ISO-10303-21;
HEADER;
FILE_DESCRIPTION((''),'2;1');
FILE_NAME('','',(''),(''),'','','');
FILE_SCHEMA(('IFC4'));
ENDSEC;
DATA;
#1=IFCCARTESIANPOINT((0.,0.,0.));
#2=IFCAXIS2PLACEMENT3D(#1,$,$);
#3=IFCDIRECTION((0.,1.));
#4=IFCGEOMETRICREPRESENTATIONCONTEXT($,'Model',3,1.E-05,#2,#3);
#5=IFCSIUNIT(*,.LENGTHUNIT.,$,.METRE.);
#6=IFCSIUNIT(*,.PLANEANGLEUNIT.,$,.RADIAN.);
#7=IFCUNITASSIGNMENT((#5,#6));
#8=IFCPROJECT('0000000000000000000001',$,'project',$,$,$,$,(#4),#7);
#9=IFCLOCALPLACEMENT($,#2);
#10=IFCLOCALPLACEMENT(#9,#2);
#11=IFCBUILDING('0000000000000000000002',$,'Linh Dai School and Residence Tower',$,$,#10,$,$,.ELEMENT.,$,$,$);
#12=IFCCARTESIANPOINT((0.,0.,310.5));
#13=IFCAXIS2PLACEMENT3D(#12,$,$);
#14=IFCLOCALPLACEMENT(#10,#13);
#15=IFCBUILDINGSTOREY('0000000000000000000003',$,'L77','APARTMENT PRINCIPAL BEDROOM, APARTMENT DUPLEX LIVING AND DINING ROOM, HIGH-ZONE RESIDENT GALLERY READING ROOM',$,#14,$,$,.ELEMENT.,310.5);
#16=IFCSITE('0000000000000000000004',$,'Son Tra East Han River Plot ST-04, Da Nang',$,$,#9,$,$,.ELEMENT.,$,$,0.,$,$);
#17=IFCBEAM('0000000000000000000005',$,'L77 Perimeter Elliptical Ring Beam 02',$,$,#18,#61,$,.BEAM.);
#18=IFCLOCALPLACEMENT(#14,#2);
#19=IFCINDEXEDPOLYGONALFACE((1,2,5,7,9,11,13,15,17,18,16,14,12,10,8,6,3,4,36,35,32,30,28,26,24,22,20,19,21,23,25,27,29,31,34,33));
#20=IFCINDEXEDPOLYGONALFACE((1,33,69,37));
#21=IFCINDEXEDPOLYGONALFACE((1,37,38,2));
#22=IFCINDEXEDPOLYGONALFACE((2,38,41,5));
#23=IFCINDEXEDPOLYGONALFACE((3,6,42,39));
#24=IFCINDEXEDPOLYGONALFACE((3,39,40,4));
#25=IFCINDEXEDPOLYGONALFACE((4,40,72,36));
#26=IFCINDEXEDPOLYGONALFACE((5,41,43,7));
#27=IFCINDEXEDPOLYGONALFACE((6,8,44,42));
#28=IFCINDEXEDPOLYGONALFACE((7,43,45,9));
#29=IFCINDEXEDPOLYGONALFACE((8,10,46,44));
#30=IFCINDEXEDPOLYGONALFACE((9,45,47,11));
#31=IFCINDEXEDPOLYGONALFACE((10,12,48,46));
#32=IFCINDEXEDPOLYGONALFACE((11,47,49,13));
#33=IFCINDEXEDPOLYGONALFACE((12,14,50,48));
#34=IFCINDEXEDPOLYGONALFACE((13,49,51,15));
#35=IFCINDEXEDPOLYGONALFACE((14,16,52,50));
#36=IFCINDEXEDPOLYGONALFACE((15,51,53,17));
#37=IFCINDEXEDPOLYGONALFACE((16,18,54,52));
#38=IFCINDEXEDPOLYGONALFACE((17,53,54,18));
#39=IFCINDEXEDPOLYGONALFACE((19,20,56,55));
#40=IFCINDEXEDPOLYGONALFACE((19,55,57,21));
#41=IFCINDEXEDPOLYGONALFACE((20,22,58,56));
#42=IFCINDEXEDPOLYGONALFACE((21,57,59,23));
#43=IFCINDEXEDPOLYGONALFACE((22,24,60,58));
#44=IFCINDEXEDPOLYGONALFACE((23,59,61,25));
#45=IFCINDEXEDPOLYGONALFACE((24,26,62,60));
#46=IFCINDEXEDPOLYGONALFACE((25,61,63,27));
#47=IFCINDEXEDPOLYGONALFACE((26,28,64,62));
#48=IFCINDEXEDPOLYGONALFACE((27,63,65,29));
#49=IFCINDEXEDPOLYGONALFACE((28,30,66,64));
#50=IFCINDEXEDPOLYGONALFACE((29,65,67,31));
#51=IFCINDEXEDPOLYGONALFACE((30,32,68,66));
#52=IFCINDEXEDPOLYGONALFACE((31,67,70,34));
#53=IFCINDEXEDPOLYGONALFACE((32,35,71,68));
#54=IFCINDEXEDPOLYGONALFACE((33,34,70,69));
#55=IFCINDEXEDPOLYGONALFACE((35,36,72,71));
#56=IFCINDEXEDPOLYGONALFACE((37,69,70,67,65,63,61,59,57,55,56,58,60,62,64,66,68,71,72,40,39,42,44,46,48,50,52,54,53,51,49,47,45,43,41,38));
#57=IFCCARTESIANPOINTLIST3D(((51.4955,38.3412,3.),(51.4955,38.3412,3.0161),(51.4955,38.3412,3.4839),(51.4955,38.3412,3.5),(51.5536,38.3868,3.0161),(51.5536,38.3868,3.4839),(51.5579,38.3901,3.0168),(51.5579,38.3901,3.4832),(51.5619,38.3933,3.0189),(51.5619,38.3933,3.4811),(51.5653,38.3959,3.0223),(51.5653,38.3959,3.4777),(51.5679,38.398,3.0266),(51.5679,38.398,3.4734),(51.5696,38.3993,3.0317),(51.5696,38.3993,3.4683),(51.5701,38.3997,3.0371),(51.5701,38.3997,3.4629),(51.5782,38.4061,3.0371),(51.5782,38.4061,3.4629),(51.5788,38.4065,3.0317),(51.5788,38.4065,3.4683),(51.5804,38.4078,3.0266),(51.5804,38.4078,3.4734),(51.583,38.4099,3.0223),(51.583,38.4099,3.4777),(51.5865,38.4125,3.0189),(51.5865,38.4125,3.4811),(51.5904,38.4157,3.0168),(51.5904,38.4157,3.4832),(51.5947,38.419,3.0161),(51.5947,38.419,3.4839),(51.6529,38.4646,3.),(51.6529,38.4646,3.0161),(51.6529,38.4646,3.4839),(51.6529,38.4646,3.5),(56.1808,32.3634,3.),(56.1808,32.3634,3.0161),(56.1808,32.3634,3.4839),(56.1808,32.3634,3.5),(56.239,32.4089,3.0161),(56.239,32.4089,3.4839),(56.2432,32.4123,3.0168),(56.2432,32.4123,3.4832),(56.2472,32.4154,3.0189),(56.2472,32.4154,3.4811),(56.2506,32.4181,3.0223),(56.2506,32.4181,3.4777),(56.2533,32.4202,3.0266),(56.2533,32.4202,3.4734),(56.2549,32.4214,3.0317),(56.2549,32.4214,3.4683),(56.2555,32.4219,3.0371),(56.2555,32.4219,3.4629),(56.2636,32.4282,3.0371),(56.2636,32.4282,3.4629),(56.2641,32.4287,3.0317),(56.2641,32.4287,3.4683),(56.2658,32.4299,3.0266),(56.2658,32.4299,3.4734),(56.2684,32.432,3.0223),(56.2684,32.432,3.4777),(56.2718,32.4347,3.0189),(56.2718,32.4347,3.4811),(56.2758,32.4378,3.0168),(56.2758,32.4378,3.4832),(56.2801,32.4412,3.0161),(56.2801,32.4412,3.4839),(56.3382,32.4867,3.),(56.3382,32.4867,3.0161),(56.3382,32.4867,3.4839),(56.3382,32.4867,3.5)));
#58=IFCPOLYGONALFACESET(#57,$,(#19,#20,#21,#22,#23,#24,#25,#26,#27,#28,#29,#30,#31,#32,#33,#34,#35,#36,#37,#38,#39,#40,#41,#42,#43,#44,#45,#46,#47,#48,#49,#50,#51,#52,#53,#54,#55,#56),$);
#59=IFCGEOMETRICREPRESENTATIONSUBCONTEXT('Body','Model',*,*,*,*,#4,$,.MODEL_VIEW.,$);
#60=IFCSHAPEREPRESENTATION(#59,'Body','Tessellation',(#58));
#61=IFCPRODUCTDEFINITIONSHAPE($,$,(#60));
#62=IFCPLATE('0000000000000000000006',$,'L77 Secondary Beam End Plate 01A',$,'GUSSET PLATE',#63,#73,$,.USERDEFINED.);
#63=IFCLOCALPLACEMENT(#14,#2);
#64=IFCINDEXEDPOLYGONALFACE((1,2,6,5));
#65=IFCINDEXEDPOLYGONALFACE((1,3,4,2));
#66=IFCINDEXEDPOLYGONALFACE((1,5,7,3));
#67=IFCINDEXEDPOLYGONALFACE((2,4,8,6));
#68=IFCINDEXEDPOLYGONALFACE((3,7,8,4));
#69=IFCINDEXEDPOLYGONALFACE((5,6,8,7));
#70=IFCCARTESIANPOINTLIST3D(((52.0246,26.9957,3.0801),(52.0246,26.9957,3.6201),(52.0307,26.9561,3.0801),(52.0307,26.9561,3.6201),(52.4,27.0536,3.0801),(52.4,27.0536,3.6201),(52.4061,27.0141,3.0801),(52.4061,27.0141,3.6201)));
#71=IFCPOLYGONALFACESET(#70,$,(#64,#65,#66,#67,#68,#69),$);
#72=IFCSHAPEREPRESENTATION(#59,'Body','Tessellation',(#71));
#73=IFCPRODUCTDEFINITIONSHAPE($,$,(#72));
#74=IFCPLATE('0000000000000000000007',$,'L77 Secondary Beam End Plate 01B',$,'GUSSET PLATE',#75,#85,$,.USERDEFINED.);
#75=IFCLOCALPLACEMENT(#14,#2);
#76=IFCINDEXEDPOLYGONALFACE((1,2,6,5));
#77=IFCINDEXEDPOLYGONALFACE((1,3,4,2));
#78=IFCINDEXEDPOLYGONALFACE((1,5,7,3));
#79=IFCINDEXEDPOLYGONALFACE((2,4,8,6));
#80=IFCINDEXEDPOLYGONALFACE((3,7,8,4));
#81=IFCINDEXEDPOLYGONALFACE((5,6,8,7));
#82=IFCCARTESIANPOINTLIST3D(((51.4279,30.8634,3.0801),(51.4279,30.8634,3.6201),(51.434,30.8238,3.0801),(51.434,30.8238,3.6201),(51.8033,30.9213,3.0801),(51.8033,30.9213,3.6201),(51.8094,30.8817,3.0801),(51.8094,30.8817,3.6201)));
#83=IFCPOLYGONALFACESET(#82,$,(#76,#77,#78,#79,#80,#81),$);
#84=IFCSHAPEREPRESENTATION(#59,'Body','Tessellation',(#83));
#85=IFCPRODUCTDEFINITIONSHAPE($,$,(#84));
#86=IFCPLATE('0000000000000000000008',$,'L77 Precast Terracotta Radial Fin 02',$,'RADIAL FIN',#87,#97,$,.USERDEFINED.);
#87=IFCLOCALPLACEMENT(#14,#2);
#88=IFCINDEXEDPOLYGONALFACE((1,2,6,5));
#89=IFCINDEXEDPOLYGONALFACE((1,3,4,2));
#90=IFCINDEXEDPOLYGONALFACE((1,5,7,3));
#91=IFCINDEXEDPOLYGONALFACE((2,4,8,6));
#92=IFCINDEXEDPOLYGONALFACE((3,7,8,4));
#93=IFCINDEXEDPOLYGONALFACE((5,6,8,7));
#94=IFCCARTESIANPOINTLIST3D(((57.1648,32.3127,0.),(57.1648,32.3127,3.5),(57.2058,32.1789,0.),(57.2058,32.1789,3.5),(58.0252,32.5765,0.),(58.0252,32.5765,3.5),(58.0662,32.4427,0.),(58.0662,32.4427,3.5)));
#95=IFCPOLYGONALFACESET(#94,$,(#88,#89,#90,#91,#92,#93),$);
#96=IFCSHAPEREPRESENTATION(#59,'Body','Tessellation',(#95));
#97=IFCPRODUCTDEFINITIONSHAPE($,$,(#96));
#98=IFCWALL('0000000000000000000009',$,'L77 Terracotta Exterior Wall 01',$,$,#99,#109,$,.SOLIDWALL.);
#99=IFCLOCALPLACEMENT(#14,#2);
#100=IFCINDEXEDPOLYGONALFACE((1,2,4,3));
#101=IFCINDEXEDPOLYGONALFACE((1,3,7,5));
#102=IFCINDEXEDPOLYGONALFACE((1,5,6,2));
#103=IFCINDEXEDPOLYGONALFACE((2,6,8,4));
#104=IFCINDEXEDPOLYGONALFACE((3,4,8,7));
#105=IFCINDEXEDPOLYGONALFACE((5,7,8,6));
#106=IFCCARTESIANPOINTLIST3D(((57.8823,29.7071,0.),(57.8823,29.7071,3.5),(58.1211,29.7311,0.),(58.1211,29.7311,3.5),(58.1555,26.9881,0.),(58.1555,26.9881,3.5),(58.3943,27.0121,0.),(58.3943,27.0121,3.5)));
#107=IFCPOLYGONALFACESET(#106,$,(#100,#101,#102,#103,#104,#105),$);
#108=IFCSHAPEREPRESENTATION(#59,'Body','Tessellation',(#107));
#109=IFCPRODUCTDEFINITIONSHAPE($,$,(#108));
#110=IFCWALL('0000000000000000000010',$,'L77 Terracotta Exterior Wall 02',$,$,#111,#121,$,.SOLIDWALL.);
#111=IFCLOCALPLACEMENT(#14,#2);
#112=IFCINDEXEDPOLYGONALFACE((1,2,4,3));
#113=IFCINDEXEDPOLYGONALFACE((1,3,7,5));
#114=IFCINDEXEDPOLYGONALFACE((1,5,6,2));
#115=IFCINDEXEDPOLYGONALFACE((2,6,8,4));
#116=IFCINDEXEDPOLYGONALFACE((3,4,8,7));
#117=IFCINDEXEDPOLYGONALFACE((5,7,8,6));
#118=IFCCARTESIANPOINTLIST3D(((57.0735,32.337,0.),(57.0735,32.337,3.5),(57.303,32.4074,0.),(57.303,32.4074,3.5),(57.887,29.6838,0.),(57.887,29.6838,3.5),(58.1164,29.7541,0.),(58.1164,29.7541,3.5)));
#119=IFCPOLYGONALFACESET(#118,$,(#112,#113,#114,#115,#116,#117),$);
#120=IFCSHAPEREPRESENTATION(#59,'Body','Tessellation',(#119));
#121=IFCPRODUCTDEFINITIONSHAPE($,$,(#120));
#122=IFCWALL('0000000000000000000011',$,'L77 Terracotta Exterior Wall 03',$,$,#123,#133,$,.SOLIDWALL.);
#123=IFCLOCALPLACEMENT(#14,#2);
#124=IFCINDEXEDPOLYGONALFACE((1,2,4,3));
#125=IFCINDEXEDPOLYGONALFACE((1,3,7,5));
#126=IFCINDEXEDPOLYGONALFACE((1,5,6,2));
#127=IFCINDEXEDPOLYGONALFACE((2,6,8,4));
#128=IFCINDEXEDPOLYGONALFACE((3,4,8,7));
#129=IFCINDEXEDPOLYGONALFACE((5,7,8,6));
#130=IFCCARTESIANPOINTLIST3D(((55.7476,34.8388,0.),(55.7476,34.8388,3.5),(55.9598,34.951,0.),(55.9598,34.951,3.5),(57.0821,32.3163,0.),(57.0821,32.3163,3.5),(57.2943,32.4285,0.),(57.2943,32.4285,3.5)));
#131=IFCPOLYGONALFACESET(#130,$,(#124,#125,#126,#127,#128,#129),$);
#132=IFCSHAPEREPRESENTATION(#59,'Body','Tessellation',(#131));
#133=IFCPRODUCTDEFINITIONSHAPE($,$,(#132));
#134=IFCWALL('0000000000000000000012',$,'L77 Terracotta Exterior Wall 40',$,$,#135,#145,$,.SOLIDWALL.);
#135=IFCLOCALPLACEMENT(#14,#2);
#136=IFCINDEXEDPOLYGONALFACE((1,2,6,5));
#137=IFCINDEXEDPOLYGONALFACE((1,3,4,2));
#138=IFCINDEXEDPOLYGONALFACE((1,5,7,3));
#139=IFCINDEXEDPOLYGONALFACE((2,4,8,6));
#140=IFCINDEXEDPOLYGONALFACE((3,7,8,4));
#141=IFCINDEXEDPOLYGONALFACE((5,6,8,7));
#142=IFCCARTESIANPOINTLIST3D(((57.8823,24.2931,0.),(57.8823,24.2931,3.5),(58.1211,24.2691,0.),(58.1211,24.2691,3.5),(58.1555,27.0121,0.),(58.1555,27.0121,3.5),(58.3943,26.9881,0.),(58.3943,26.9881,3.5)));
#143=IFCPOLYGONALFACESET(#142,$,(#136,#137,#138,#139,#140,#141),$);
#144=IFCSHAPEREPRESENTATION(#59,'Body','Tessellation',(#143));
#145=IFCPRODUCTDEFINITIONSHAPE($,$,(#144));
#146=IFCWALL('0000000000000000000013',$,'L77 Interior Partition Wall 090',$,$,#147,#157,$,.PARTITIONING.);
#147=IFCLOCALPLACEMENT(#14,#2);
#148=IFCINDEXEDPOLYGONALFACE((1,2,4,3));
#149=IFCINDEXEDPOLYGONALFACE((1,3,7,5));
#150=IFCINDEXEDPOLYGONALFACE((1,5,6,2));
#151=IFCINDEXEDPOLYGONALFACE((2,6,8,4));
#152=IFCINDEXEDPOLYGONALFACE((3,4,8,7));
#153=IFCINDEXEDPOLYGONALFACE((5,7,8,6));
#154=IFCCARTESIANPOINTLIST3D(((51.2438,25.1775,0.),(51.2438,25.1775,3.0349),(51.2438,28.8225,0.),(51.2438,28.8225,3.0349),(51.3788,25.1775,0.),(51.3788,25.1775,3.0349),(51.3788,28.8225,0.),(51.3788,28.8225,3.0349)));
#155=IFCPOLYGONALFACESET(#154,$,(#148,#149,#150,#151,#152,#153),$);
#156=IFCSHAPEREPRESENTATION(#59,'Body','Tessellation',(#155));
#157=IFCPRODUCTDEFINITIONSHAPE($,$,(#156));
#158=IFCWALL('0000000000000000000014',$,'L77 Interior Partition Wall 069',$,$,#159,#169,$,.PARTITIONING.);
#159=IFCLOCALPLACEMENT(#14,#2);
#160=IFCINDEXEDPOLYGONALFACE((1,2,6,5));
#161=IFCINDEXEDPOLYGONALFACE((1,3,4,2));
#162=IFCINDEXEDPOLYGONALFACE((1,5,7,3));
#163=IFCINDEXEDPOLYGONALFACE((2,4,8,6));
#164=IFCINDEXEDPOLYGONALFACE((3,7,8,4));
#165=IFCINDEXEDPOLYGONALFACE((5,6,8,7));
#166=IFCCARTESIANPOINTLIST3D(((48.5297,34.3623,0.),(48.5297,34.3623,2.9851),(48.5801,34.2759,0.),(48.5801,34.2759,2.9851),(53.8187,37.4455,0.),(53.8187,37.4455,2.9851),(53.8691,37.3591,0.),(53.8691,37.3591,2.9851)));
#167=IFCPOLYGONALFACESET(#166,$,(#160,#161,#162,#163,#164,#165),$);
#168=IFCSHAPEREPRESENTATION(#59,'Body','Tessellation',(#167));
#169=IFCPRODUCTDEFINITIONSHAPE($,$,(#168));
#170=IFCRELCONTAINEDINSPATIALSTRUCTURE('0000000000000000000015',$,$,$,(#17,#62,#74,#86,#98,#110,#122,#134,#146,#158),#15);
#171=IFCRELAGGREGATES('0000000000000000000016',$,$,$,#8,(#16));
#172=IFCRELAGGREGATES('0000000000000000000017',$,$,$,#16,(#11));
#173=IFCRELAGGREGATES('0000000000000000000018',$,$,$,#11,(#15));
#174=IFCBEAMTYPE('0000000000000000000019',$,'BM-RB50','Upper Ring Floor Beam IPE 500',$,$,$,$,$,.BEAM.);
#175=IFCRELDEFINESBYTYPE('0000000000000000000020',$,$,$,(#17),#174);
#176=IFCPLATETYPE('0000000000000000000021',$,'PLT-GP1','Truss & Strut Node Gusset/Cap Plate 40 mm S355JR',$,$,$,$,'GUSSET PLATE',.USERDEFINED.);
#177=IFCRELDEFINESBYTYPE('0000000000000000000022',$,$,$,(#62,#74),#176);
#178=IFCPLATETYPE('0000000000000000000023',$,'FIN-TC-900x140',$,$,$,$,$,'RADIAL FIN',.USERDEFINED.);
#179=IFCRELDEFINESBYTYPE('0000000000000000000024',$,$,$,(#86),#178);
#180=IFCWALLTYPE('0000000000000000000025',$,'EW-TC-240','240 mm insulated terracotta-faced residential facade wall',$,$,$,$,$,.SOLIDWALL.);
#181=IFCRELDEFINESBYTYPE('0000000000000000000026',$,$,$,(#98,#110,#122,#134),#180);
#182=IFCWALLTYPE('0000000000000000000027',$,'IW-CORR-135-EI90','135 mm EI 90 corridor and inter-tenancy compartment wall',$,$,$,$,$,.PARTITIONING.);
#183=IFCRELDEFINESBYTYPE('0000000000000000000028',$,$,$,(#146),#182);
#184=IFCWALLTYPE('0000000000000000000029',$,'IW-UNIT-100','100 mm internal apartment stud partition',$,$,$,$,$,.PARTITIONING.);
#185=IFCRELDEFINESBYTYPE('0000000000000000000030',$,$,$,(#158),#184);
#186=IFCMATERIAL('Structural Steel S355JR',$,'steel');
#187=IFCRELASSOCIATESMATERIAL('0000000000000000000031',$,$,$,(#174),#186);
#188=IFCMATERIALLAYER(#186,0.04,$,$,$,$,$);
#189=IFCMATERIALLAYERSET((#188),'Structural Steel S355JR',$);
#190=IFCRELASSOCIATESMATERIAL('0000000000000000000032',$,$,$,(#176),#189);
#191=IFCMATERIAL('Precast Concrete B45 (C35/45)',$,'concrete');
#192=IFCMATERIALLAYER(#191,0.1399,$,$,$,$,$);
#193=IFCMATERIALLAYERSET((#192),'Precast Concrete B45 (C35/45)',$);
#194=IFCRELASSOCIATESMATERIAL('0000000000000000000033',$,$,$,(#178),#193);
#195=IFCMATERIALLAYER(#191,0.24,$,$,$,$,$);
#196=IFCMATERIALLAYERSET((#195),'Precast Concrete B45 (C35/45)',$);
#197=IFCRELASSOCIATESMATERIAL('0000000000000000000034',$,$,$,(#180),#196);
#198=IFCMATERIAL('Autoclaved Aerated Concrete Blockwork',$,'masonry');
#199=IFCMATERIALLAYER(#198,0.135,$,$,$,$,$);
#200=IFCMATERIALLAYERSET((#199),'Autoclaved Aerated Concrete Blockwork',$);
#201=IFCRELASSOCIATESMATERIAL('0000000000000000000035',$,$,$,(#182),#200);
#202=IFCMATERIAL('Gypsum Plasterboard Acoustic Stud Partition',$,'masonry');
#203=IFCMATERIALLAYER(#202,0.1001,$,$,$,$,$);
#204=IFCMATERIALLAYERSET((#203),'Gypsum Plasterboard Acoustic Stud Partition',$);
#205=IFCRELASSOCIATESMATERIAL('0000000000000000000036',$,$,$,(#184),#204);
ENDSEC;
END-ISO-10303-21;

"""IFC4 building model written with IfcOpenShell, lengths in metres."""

from ifc_helpers import new_model, si_unit, direction, frame, frame_2d, origin, origin_2d, place, context, subcontext, project, spatial, rectangle, i_section, extrude, source, transform, mapped, material, layer, layer_set, material_profile, profile_set, type_object, element, save


model = new_model("IFC4")

# Units and contexts
model_context = context("Model", 3, precision=1e-05, world=origin(), true_north=direction((0.0, 1.0)))
body_context = subcontext(model_context, "Body", "Model", "MODEL_VIEW")
ifc_project = project(units=[si_unit("LENGTHUNIT", "METRE"), si_unit("PLANEANGLEUNIT", "RADIAN")], contexts=[model_context])

# Site, building, storey
site_placement = place(None, origin())
site = spatial("IfcSite", under=ifc_project, at=site_placement, Name="Son Tra East Han River Plot ST-04, Da Nang", CompositionType="ELEMENT", RefElevation=0.0)
building_placement = place(site_placement, origin())
building = spatial("IfcBuilding", under=site, at=building_placement, Name="Linh Dai School and Residence Tower", CompositionType="ELEMENT")
storey_placement = place(building_placement, frame((0.0, 0.0, 310.5)))
storey = spatial("IfcBuildingStorey", under=building, at=storey_placement, Name="L77", Description="APARTMENT PRINCIPAL BEDROOM, APARTMENT DUPLEX LIVING AND DINING ROOM, HIGH-ZONE RESIDENT GALLERY READING ROOM", CompositionType="ELEMENT", Elevation=310.5)

# Shared definitions
ifc_material_1 = material(Name="Structural Steel S355JR", Category="steel")

# Beam
ifc_material_profile_1 = material_profile(ifc_material_1, i_section(OverallWidth=0.2, OverallDepth=0.5, WebThickness=0.0103, FlangeThickness=0.0161, FilletRadius=0.021, at=origin_2d()), Name="IPE 500")
ifc_profile_set_1 = profile_set([ifc_material_profile_1], Name="Structural Steel S355JR")
beam_type_1 = type_object("IfcBeamType", Name="BM-RB50", Description="Upper Ring Floor Beam IPE 500", PredefinedType="BEAM", material=ifc_profile_set_1)
beam_1_placement = place(storey_placement, frame((56.2595, 32.425, 3.25), z_axis=(-0.616883, 0.787055, 0.0), x_axis=(-0.787055, -0.616883, 0.0)))
element("IfcBeam", 1, at=beam_1_placement, inside=storey, type_object=beam_type_1, Name="L77 Perimeter Elliptical Ring Beam 02", PredefinedType="BEAM", context=body_context, shape_type="SweptSolid", body=[
    extrude(i_section(OverallWidth=0.2, OverallDepth=0.5, WebThickness=0.0103, FlangeThickness=0.0161, FilletRadius=0.021, at=origin_2d()), origin(), (0.0, 0.0, 1.0), 7.5952),
])

# Plates
ifc_layer_1 = layer(ifc_material_1, 0.04)
ifc_layer_set_1 = layer_set([ifc_layer_1], Name="Structural Steel S355JR")
plate_type_1 = type_object("IfcPlateType", Name="PLT-GP1", Description="Truss & Strut Node Gusset/Cap Plate 40 mm S355JR", ElementType="GUSSET PLATE", PredefinedType="USERDEFINED", material=ifc_layer_set_1)
shared_shape_1 = source(origin(), body_context, "Body", "SweptSolid", [
    extrude(rectangle(XDim=0.04, YDim=0.3799, at=origin_2d()), origin(), (0.0, 0.0, 1.0), 0.54),
])
for number, where, z_axis, x_axis, name in (
    (2, (52.2153, 27.0049, 3.0801), (0.0, 0.0, 1.0), (-0.152474, 0.988308, 0.0), "L77 Secondary Beam End Plate 01A"),
    (3, (51.6187, 30.8726, 3.0801), (0.0, 0.0, 1.0), (-0.152474, 0.988308, 0.0), "L77 Secondary Beam End Plate 01B"),
):
    element("IfcPlate", number, at=place(storey_placement, frame(where, z_axis=z_axis, x_axis=x_axis)), inside=storey, type_object=plate_type_1, Name=name, ObjectType="GUSSET PLATE", PredefinedType="USERDEFINED", context=body_context, shape_type="MappedRepresentation", body=[
        mapped(shared_shape_1, transform((0.0, 0.0, 0.0), x_axis=(1.0, 0.0, 0.0), y_axis=(0.0, 1.0, 0.0), z_axis=(0.0, 0.0, 1.0), scale=1.0)),
    ])
ifc_material_2 = material(Name="Precast Concrete B45 (C35/45)", Category="concrete")
ifc_layer_2 = layer(ifc_material_2, 0.1399)
ifc_layer_set_2 = layer_set([ifc_layer_2], Name="Precast Concrete B45 (C35/45)")
plate_type_2 = type_object("IfcPlateType", Name="FIN-TC-900x140", ElementType="RADIAL FIN", PredefinedType="USERDEFINED", material=ifc_layer_set_2)
shared_shape_2 = source(origin(), body_context, "Body", "SweptSolid", [
    extrude(rectangle(XDim=0.8999, YDim=0.1399, at=origin_2d()), origin(), (0.0, 0.0, 1.0), 3.5),
])
plate_placement = place(storey_placement, frame((57.6155, 32.3777, 0.0), z_axis=(0.0, 0.0, 1.0), x_axis=(0.956069, 0.293141, 0.0)))
element("IfcPlate", 4, at=plate_placement, inside=storey, type_object=plate_type_2, Name="L77 Precast Terracotta Radial Fin 02", ObjectType="RADIAL FIN", PredefinedType="USERDEFINED", context=body_context, shape_type="MappedRepresentation", body=[
    mapped(shared_shape_2, transform((0.0, 0.0, 0.0), x_axis=(1.0, 0.0, 0.0), y_axis=(0.0, 1.0, 0.0), z_axis=(0.0, 0.0, 1.0), scale=1.0)),
])

# Walls
ifc_layer_3 = layer(ifc_material_2, 0.24)
ifc_layer_set_3 = layer_set([ifc_layer_3], Name="Precast Concrete B45 (C35/45)")
wall_type_1 = type_object("IfcWallType", Name="EW-TC-240", Description="240 mm insulated terracotta-faced residential facade wall", PredefinedType="SOLIDWALL", material=ifc_layer_set_3)
wall_1_placement = place(storey_placement, frame((58.0017, 29.719, 0.0), z_axis=(0.0, 0.0, 1.0), x_axis=(0.099973, -0.99499, 0.0)))
element("IfcWall", 5, at=wall_1_placement, inside=storey, type_object=wall_type_1, Name="L77 Terracotta Exterior Wall 01", PredefinedType="SOLIDWALL", context=body_context, shape_type="SweptSolid", body=[
    extrude(rectangle(XDim=2.7327, YDim=0.24, at=frame_2d((1.3662, 0.0))), origin(), (0.0, 0.0, 1.0), 3.5),
])
wall_2_placement = place(storey_placement, frame((57.1882, 32.3723, 0.0), z_axis=(0.0, 0.0, 1.0), x_axis=(0.293121, -0.956075, 0.0)))
element("IfcWall", 6, at=wall_2_placement, inside=storey, type_object=wall_type_1, Name="L77 Terracotta Exterior Wall 02", PredefinedType="SOLIDWALL", context=body_context, shape_type="SweptSolid", body=[
    extrude(rectangle(XDim=2.7751, YDim=0.24, at=frame_2d((1.3877, 0.0))), origin(), (0.0, 0.0, 1.0), 3.5),
])
wall_3_placement = place(storey_placement, frame((55.8538, 34.8948, 0.0), z_axis=(0.0, 0.0, 1.0), x_axis=(0.467628, -0.883925, 0.0)))
element("IfcWall", 7, at=wall_3_placement, inside=storey, type_object=wall_type_1, Name="L77 Terracotta Exterior Wall 03", PredefinedType="SOLIDWALL", context=body_context, shape_type="SweptSolid", body=[
    extrude(rectangle(XDim=2.8538, YDim=0.24, at=frame_2d((1.4268, 0.0))), origin(), (0.0, 0.0, 1.0), 3.5),
])
wall_4_placement = place(storey_placement, frame((58.2749, 27.0, 0.0), z_axis=(0.0, 0.0, 1.0), x_axis=(-0.099973, -0.99499, 0.0)))
element("IfcWall", 8, at=wall_4_placement, inside=storey, type_object=wall_type_1, Name="L77 Terracotta Exterior Wall 40", PredefinedType="SOLIDWALL", context=body_context, shape_type="SweptSolid", body=[
    extrude(rectangle(XDim=2.7327, YDim=0.24, at=frame_2d((1.3662, 0.0))), origin(), (0.0, 0.0, 1.0), 3.5),
])
ifc_material_3 = material(Name="Autoclaved Aerated Concrete Blockwork", Category="masonry")
ifc_layer_4 = layer(ifc_material_3, 0.135)
ifc_layer_set_4 = layer_set([ifc_layer_4], Name="Autoclaved Aerated Concrete Blockwork")
wall_type_2 = type_object("IfcWallType", Name="IW-CORR-135-EI90", Description="135 mm EI 90 corridor and inter-tenancy compartment wall", PredefinedType="PARTITIONING", material=ifc_layer_set_4)
wall_5_placement = place(storey_placement, frame((51.3113, 28.8225, 0.0), z_axis=(0.0, 0.0, 1.0), x_axis=(0.0, -1.0, 0.0)))
element("IfcWall", 9, at=wall_5_placement, inside=storey, type_object=wall_type_2, Name="L77 Interior Partition Wall 090", PredefinedType="PARTITIONING", context=body_context, shape_type="SweptSolid", body=[
    extrude(rectangle(XDim=3.645, YDim=0.135, at=frame_2d((1.8225, 0.0))), origin(), (0.0, 0.0, 1.0), 3.0349),
])
ifc_material_4 = material(Name="Gypsum Plasterboard Acoustic Stud Partition", Category="masonry")
ifc_layer_5 = layer(ifc_material_4, 0.1001)
ifc_layer_set_5 = layer_set([ifc_layer_5], Name="Gypsum Plasterboard Acoustic Stud Partition")
wall_type_3 = type_object("IfcWallType", Name="IW-UNIT-100", Description="100 mm internal apartment stud partition", PredefinedType="PARTITIONING", material=ifc_layer_set_5)
wall_6_placement = place(storey_placement, frame((48.5549, 34.3191, 0.0), z_axis=(0.0, 0.0, 1.0), x_axis=(0.863924, 0.503623, 0.0)))
element("IfcWall", 10, at=wall_6_placement, inside=storey, type_object=wall_type_3, Name="L77 Interior Partition Wall 069", PredefinedType="PARTITIONING", context=body_context, shape_type="SweptSolid", body=[
    extrude(rectangle(XDim=6.1221, YDim=0.1001, at=frame_2d((3.061, 0.0))), origin(), (0.0, 0.0, 1.0), 2.9851),
])

save(model, "model.ifc")
